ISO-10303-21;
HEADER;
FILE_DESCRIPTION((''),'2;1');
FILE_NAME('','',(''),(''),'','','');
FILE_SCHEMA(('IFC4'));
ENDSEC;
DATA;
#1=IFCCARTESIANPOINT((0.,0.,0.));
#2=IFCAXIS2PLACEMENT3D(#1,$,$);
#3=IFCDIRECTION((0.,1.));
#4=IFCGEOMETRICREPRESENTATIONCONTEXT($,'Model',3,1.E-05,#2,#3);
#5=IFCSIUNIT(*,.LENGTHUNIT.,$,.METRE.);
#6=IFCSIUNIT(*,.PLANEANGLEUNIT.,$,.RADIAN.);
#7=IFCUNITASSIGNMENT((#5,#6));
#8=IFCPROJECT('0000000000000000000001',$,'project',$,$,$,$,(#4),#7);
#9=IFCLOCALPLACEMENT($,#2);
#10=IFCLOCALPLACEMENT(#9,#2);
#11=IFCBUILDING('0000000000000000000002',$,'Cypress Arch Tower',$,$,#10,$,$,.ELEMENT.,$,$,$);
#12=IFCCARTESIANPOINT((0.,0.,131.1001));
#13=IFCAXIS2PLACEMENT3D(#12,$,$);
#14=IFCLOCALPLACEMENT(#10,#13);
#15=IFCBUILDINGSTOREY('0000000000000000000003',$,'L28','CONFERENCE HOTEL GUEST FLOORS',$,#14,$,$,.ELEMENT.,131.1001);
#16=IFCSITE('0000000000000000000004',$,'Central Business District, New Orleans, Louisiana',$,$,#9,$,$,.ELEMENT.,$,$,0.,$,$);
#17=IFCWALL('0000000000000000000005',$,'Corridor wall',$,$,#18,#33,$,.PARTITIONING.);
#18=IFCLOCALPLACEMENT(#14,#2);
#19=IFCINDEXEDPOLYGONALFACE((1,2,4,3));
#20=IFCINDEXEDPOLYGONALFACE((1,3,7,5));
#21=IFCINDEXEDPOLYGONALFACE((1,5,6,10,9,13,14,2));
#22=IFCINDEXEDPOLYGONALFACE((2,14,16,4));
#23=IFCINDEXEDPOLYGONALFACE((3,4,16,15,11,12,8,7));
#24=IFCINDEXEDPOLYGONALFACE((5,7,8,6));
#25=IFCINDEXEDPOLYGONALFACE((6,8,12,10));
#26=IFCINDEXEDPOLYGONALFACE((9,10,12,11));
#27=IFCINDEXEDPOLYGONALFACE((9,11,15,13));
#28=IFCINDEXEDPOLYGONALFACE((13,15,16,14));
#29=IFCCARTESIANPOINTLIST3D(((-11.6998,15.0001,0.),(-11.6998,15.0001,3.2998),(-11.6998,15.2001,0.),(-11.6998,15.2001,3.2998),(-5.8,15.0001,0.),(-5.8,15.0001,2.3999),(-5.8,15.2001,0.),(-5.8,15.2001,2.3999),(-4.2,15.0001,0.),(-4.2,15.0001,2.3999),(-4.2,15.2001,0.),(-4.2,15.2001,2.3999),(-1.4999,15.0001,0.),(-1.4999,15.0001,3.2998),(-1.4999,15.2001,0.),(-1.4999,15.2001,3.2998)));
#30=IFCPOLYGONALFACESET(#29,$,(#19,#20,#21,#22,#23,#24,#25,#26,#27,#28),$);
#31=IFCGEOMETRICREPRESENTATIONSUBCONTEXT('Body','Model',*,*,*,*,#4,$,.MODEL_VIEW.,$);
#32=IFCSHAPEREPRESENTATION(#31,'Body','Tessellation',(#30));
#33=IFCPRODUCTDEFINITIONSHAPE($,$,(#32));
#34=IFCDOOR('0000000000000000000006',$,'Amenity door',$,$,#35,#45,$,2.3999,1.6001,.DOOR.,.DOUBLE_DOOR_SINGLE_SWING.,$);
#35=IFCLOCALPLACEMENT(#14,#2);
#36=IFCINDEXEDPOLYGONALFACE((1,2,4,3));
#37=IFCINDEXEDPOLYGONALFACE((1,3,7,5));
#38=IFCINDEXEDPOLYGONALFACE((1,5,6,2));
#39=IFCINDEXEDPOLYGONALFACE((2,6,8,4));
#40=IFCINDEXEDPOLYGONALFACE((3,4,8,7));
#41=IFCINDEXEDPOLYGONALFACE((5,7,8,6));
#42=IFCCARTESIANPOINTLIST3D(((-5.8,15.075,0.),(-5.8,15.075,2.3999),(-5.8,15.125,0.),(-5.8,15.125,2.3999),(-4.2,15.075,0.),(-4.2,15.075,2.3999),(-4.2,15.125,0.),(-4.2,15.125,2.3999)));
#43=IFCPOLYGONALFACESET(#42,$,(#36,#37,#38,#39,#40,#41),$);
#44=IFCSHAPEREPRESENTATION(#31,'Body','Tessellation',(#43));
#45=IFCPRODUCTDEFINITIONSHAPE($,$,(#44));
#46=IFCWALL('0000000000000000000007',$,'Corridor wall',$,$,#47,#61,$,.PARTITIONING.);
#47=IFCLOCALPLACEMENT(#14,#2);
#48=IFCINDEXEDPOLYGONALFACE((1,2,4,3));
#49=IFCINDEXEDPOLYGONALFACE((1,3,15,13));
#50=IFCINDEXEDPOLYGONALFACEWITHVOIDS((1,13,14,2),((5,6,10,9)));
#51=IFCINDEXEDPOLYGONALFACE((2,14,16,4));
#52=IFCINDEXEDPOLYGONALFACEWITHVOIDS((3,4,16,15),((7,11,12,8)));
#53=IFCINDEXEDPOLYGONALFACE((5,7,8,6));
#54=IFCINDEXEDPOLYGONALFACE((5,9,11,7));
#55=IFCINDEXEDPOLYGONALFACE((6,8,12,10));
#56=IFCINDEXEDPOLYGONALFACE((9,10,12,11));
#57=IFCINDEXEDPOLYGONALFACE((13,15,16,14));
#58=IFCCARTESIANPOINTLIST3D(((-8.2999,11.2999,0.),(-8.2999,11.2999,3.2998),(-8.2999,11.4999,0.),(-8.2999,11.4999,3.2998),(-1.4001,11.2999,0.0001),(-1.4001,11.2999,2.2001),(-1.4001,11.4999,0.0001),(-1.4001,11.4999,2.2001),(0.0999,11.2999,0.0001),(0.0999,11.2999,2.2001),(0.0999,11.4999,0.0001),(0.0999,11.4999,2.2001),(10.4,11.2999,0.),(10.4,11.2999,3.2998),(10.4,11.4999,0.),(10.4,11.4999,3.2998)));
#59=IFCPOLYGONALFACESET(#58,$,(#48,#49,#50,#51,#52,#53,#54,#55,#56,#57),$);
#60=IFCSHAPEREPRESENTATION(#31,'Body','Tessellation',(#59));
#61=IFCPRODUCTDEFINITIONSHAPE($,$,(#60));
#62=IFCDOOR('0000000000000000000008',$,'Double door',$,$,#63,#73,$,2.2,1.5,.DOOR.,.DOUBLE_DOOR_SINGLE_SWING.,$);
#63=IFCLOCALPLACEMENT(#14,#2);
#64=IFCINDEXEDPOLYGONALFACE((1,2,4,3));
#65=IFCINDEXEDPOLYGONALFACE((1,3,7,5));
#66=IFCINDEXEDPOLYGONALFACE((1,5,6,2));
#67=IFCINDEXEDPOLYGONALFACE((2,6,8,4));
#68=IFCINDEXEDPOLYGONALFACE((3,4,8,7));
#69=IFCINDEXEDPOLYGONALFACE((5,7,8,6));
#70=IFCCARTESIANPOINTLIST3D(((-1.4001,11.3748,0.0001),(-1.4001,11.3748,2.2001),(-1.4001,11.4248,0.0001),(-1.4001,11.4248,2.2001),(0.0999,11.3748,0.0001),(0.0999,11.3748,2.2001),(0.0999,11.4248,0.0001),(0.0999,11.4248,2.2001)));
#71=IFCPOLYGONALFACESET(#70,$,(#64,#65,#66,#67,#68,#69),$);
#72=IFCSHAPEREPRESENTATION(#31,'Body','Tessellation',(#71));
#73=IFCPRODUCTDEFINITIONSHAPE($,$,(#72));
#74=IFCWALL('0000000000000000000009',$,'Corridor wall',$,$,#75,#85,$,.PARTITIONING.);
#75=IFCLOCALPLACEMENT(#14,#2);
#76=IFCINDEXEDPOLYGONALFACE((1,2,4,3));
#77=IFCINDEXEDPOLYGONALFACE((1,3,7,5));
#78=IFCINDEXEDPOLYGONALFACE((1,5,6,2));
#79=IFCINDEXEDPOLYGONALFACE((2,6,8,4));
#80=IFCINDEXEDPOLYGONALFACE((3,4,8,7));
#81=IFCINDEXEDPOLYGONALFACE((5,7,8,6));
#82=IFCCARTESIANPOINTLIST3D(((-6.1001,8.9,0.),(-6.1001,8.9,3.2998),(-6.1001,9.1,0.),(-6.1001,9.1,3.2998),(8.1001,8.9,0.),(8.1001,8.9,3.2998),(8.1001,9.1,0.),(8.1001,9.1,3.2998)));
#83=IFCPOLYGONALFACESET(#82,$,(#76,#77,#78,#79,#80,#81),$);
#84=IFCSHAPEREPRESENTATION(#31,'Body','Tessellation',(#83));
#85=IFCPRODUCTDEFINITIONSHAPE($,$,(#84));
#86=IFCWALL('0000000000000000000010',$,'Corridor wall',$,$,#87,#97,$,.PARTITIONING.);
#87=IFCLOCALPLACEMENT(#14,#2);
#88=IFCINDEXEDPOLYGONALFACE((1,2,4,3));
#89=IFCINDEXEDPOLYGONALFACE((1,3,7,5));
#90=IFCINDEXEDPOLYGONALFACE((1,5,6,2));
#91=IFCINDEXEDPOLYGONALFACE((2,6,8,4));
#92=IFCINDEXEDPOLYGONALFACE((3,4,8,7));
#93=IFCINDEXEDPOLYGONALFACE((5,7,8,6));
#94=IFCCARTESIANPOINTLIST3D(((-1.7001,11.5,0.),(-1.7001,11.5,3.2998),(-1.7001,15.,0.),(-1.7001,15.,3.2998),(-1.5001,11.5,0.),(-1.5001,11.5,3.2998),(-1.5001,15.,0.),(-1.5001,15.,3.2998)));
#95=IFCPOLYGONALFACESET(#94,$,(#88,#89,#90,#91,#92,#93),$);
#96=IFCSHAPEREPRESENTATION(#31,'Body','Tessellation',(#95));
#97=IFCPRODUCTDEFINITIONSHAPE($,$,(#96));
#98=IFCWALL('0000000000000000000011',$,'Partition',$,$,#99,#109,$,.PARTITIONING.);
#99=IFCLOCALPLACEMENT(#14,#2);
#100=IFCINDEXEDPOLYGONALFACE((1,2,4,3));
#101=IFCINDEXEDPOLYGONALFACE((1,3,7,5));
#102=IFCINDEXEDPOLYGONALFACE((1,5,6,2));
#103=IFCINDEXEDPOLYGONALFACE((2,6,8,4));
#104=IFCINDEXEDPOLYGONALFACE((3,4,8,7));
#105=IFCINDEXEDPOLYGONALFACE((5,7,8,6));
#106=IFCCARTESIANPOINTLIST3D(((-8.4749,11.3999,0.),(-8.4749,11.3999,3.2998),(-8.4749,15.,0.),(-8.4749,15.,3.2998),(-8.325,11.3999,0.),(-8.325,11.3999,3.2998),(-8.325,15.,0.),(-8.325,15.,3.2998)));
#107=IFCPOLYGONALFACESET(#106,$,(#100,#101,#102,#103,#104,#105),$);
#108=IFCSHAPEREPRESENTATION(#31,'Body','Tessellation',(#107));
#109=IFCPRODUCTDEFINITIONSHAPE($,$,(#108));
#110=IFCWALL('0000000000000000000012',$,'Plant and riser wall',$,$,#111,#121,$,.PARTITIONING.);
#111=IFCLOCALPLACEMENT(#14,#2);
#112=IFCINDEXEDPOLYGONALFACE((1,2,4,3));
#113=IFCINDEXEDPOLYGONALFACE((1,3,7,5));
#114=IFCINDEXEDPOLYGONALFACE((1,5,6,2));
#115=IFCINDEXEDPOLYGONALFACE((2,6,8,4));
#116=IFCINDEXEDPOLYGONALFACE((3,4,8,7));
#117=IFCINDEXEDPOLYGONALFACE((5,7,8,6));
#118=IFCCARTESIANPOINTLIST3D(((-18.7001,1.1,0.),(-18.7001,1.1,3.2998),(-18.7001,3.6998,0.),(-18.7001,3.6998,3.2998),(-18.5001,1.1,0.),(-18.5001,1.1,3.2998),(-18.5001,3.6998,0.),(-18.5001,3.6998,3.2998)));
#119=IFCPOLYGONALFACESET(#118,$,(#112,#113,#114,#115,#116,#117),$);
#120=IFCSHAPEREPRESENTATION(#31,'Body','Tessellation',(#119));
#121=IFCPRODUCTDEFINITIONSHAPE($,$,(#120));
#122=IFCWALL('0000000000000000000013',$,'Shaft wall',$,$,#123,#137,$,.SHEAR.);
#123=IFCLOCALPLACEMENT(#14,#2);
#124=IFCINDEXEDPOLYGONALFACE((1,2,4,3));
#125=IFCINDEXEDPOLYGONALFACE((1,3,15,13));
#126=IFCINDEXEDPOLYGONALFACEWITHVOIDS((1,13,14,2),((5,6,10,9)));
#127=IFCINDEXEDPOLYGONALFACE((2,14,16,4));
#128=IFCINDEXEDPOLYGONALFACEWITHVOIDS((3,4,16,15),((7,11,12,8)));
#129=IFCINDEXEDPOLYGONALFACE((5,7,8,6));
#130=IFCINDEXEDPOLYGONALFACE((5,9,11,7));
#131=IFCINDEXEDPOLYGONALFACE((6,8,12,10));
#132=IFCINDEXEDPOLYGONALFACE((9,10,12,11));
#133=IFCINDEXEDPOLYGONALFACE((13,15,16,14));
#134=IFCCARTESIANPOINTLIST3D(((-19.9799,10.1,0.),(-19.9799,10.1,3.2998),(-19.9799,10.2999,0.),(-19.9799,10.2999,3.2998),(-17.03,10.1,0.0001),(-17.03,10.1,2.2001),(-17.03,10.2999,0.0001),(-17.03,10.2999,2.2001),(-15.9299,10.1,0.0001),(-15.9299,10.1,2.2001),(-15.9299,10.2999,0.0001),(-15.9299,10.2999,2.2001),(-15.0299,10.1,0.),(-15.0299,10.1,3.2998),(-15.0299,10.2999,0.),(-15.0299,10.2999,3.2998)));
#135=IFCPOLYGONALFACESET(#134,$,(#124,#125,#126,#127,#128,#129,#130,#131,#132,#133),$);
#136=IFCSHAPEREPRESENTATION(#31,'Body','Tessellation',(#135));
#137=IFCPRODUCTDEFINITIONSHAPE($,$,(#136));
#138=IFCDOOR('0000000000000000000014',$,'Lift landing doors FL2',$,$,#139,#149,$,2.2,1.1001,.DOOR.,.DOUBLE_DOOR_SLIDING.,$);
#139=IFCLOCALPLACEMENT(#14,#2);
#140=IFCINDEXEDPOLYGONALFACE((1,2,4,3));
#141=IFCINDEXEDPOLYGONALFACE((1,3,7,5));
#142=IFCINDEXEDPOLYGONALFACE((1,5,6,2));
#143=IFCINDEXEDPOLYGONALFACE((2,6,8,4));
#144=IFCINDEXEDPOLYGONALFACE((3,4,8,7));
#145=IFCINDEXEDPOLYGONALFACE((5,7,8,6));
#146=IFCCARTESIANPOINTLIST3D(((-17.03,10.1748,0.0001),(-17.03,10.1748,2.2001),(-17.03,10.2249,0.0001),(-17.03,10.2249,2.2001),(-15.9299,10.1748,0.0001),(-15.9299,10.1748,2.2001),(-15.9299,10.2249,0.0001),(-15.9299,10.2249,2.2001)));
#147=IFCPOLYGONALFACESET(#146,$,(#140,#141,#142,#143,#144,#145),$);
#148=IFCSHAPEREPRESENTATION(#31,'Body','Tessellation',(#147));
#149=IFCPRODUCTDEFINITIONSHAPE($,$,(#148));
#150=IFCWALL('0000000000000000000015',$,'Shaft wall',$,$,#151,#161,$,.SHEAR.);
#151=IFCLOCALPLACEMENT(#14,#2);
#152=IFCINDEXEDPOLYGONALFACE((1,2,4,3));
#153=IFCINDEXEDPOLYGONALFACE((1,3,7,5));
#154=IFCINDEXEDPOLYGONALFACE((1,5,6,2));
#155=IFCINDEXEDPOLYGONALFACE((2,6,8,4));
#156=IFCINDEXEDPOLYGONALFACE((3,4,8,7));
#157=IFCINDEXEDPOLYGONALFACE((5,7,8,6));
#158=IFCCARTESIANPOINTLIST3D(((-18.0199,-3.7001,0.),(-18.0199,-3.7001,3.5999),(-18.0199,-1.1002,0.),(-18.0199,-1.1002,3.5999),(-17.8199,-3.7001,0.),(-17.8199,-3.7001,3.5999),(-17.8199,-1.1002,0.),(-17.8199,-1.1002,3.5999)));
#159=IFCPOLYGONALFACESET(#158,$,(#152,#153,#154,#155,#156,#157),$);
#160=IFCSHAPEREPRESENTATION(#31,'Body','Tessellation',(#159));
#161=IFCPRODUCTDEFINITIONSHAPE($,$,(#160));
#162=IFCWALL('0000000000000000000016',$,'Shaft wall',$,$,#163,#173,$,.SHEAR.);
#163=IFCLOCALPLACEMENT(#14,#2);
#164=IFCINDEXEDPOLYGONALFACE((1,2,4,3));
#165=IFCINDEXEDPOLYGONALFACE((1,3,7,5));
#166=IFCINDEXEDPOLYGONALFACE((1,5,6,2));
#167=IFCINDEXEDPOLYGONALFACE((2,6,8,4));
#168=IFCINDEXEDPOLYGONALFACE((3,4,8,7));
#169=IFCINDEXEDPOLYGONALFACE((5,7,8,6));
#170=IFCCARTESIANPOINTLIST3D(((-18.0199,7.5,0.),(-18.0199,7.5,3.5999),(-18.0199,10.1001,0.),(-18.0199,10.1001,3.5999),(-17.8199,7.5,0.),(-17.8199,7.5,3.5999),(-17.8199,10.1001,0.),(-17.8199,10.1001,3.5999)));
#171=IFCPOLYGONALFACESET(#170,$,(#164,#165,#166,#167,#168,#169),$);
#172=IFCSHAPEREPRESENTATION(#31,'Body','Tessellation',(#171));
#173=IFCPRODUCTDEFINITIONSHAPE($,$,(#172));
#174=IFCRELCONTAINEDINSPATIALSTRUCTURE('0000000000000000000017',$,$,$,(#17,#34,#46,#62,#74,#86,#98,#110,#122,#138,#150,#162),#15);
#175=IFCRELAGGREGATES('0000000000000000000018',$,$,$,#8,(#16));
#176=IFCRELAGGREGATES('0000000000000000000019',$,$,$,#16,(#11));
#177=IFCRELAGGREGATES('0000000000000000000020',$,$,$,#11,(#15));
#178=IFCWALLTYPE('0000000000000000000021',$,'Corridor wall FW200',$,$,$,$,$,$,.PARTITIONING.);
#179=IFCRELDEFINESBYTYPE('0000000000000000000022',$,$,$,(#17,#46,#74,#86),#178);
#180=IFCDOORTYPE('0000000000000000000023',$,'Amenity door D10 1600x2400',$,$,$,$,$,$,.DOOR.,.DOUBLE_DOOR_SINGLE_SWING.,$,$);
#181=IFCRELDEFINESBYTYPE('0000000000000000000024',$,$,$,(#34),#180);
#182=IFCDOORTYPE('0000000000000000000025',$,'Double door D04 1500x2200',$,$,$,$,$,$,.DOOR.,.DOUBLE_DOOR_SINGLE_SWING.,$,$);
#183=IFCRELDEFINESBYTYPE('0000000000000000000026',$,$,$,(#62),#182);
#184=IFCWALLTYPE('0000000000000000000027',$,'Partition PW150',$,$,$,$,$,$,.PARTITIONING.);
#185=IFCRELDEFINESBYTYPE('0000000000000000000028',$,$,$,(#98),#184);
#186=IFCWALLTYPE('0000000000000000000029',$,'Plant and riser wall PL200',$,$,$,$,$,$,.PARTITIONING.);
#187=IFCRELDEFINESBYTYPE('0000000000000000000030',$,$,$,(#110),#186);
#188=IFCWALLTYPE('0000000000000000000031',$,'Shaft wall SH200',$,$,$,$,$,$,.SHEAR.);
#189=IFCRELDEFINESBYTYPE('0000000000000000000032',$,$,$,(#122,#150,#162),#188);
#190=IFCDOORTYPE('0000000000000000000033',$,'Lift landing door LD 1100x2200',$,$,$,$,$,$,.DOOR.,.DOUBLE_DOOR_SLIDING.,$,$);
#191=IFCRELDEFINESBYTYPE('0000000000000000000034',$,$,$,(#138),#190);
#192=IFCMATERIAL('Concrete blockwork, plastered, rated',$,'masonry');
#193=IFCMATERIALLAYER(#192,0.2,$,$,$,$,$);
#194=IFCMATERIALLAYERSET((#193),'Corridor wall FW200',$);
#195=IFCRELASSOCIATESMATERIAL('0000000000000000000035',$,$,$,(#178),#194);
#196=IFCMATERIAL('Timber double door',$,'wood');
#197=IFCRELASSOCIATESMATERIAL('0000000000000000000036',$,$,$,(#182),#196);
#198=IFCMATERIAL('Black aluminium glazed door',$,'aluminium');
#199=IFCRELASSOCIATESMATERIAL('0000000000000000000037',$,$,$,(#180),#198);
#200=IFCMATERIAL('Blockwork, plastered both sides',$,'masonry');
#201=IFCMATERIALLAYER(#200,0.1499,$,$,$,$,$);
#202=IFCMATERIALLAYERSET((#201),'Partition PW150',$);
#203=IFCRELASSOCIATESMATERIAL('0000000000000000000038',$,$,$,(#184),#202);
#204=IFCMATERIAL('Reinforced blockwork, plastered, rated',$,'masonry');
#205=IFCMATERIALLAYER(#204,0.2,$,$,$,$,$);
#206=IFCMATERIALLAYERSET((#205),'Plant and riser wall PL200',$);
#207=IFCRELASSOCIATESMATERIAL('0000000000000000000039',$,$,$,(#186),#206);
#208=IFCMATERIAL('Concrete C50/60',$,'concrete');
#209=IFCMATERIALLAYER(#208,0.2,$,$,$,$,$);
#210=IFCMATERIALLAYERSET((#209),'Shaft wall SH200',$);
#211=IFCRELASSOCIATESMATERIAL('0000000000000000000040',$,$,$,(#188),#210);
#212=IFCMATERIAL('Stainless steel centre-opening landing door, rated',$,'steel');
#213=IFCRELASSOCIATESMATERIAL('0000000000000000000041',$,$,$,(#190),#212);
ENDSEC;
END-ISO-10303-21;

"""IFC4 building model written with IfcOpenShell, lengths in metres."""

from ifc_helpers import new_model, si_unit, direction, frame, frame_2d, origin, place, context, subcontext, project, spatial, rectangle, extrude, material, layer, layer_set, type_object, element, fill, save


model = new_model("IFC4")

# Units and contexts
model_context = context("Model", 3, precision=1e-05, world=origin(), true_north=direction((0.0, 1.0)))
body_context = subcontext(model_context, "Body", "Model", "MODEL_VIEW")
ifc_project = project(units=[si_unit("LENGTHUNIT", "METRE"), si_unit("PLANEANGLEUNIT", "RADIAN")], contexts=[model_context])

# Site, building, storey
site_placement = place(None, origin())
site = spatial("IfcSite", under=ifc_project, at=site_placement, Name="Central Business District, New Orleans, Louisiana", CompositionType="ELEMENT", RefElevation=0.0)
building_placement = place(site_placement, origin())
building = spatial("IfcBuilding", under=site, at=building_placement, Name="Cypress Arch Tower", CompositionType="ELEMENT")
storey_placement = place(building_placement, frame((0.0, 0.0, 131.1001)))
storey = spatial("IfcBuildingStorey", under=building, at=storey_placement, Name="L28", Description="CONFERENCE HOTEL GUEST FLOORS", CompositionType="ELEMENT", Elevation=131.1001)

# Shared definitions
ifc_material_1 = material(Name="Concrete blockwork, plastered, rated", Category="masonry")
ifc_layer_1 = layer(ifc_material_1, 0.2)
ifc_layer_set_1 = layer_set([ifc_layer_1], Name="Corridor wall FW200")
wall_type_1 = type_object("IfcWallType", Name="Corridor wall FW200", PredefinedType="PARTITIONING", material=ifc_layer_set_1)

# Walls, openings, doors
ifc_material_2 = material(Name="Timber double door", Category="wood")
door_type_1 = type_object("IfcDoorType", Name="Double door D04 1500x2200", OperationType="DOUBLE_DOOR_SINGLE_SWING", PredefinedType="DOOR", material=ifc_material_2)
wall_1_placement = place(storey_placement, frame((-11.7, 15.1001, 0.0), z_axis=(0.0, 0.0, 1.0), x_axis=(1.0, 0.0, 0.0)))
wall_1 = element("IfcWall", 1, at=wall_1_placement, inside=storey, type_object=wall_type_1, Name="Corridor wall", PredefinedType="PARTITIONING", context=body_context, shape_type="SweptSolid", body=[
    extrude(rectangle(XDim=10.2, YDim=0.2, at=frame_2d((5.1001, 0.0))), origin(), (0.0, 0.0, 1.0), 3.2998),
])
opening_1_placement = place(wall_1_placement, frame((5.8999, 0.0, 0.0)))
opening_1 = element("IfcOpeningElement", 2, at=opening_1_placement, cuts=wall_1, PredefinedType="OPENING", context=body_context, shape_type="SweptSolid", body=[
    extrude(rectangle(XDim=1.6001, YDim=2.3999, at=frame_2d((0.8, 1.2))), frame((0.0, 0.1099, 0.0), z_axis=(0.0, -1.0, 0.0), x_axis=(1.0, 0.0, 0.0)), (0.0, 0.0, 1.0), 0.22),
])
ifc_material_3 = material(Name="Black aluminium glazed door", Category="aluminium")
door_type_2 = type_object("IfcDoorType", Name="Amenity door D10 1600x2400", OperationType="DOUBLE_DOOR_SINGLE_SWING", PredefinedType="DOOR", material=ifc_material_3)
door_1_placement = place(opening_1_placement, origin())
door_1 = element("IfcDoor", 3, at=door_1_placement, inside=storey, type_object=door_type_2, Name="Amenity door", OperationType="DOUBLE_DOOR_SINGLE_SWING", OverallHeight=2.3999, OverallWidth=1.6001, PredefinedType="DOOR", context=body_context, shape_type="SweptSolid", body=[
    extrude(rectangle(XDim=1.6001, YDim=2.3999, at=frame_2d((0.8, 1.2))), frame((0.0, 0.0249, 0.0), z_axis=(0.0, -1.0, 0.0), x_axis=(1.0, 0.0, 0.0)), (0.0, 0.0, 1.0), 0.05),
])
fill(opening_1, door_1)
wall_2_placement = place(storey_placement, frame((-8.3, 11.3999, 0.0), z_axis=(0.0, 0.0, 1.0), x_axis=(1.0, 0.0, 0.0)))
wall_2 = element("IfcWall", 4, at=wall_2_placement, inside=storey, type_object=wall_type_1, Name="Corridor wall", PredefinedType="PARTITIONING", context=body_context, shape_type="SweptSolid", body=[
    extrude(rectangle(XDim=18.7, YDim=0.2, at=frame_2d((9.3501, 0.0))), origin(), (0.0, 0.0, 1.0), 3.2998),
])
opening_2_placement = place(wall_2_placement, frame((6.8999, 0.0, 0.0)))
opening_2 = element("IfcOpeningElement", 5, at=opening_2_placement, cuts=wall_2, PredefinedType="OPENING", context=body_context, shape_type="SweptSolid", body=[
    extrude(rectangle(XDim=1.5, YDim=2.2, at=frame_2d((0.75, 1.1001))), frame((0.0, 0.1099, 0.0), z_axis=(0.0, -1.0, 0.0), x_axis=(1.0, 0.0, 0.0)), (0.0, 0.0, 1.0), 0.22),
])
door_2_placement = place(opening_2_placement, origin())
door_2 = element("IfcDoor", 6, at=door_2_placement, inside=storey, type_object=door_type_1, Name="Double door", OperationType="DOUBLE_DOOR_SINGLE_SWING", OverallHeight=2.2, OverallWidth=1.5, PredefinedType="DOOR", context=body_context, shape_type="SweptSolid", body=[
    extrude(rectangle(XDim=1.5, YDim=2.2, at=frame_2d((0.75, 1.1001))), frame((0.0, 0.0249, 0.0), z_axis=(0.0, -1.0, 0.0), x_axis=(1.0, 0.0, 0.0)), (0.0, 0.0, 1.0), 0.05),
])
fill(opening_2, door_2)

# Walls
wall_3_placement = place(storey_placement, frame((-6.1001, 9.0, 0.0), z_axis=(0.0, 0.0, 1.0), x_axis=(1.0, 0.0, 0.0)))
element("IfcWall", 7, at=wall_3_placement, inside=storey, type_object=wall_type_1, Name="Corridor wall", PredefinedType="PARTITIONING", context=body_context, shape_type="SweptSolid", body=[
    extrude(rectangle(XDim=14.2002, YDim=0.2, at=frame_2d((7.1001, 0.0))), origin(), (0.0, 0.0, 1.0), 3.2998),
])
wall_4_placement = place(storey_placement, frame((-1.6001, 11.5, 0.0), z_axis=(0.0, 0.0, 1.0), x_axis=(0.0, 1.0, 0.0)))
element("IfcWall", 8, at=wall_4_placement, inside=storey, type_object=wall_type_1, Name="Corridor wall", PredefinedType="PARTITIONING", context=body_context, shape_type="SweptSolid", body=[
    extrude(rectangle(XDim=3.5, YDim=0.2, at=frame_2d((1.75, 0.0))), origin(), (0.0, 0.0, 1.0), 3.2998),
])
ifc_material_4 = material(Name="Blockwork, plastered both sides", Category="masonry")
ifc_layer_2 = layer(ifc_material_4, 0.1499)
ifc_layer_set_2 = layer_set([ifc_layer_2], Name="Partition PW150")
wall_type_2 = type_object("IfcWallType", Name="Partition PW150", PredefinedType="PARTITIONING", material=ifc_layer_set_2)
wall_5_placement = place(storey_placement, frame((-8.3999, 11.3999, 0.0), z_axis=(0.0, 0.0, 1.0), x_axis=(0.0, 1.0, 0.0)))
element("IfcWall", 9, at=wall_5_placement, inside=storey, type_object=wall_type_2, Name="Partition", PredefinedType="PARTITIONING", context=body_context, shape_type="SweptSolid", body=[
    extrude(rectangle(XDim=3.6001, YDim=0.1499, at=frame_2d((1.8, 0.0))), origin(), (0.0, 0.0, 1.0), 3.2998),
])
ifc_material_5 = material(Name="Reinforced blockwork, plastered, rated", Category="masonry")
ifc_layer_3 = layer(ifc_material_5, 0.2)
ifc_layer_set_3 = layer_set([ifc_layer_3], Name="Plant and riser wall PL200")
wall_type_3 = type_object("IfcWallType", Name="Plant and riser wall PL200", PredefinedType="PARTITIONING", material=ifc_layer_set_3)
wall_6_placement = place(storey_placement, frame((-18.6001, 1.1001, 0.0), z_axis=(0.0, 0.0, 1.0), x_axis=(0.0, 1.0, 0.0)))
element("IfcWall", 10, at=wall_6_placement, inside=storey, type_object=wall_type_3, Name="Plant and riser wall", PredefinedType="PARTITIONING", context=body_context, shape_type="SweptSolid", body=[
    extrude(rectangle(XDim=2.5999, YDim=0.2, at=frame_2d((1.2998, 0.0))), origin(), (0.0, 0.0, 1.0), 3.2998),
])

# Wall, opening, door
ifc_material_6 = material(Name="Concrete C50/60", Category="concrete")
ifc_layer_4 = layer(ifc_material_6, 0.2)
ifc_layer_set_4 = layer_set([ifc_layer_4], Name="Shaft wall SH200")
wall_type_4 = type_object("IfcWallType", Name="Shaft wall SH200", PredefinedType="SHEAR", material=ifc_layer_set_4)
wall_7_placement = place(storey_placement, frame((-19.98, 10.2, 0.0), z_axis=(0.0, 0.0, 1.0), x_axis=(1.0, 0.0, 0.0)))
wall_7 = element("IfcWall", 11, at=wall_7_placement, inside=storey, type_object=wall_type_4, Name="Shaft wall", PredefinedType="SHEAR", context=body_context, shape_type="SweptSolid", body=[
    extrude(rectangle(XDim=4.95, YDim=0.2, at=frame_2d((2.4751, 0.0))), origin(), (0.0, 0.0, 1.0), 3.2998),
])
opening_3_placement = place(wall_7_placement, frame((2.95, 0.0, 0.0)))
opening_3 = element("IfcOpeningElement", 12, at=opening_3_placement, cuts=wall_7, PredefinedType="OPENING", context=body_context, shape_type="SweptSolid", body=[
    extrude(rectangle(XDim=1.1001, YDim=2.2, at=frame_2d((0.55, 1.1001))), frame((0.0, 0.1099, 0.0), z_axis=(0.0, -1.0, 0.0), x_axis=(1.0, 0.0, 0.0)), (0.0, 0.0, 1.0), 0.22),
])
ifc_material_7 = material(Name="Stainless steel centre-opening landing door, rated", Category="steel")
door_type_3 = type_object("IfcDoorType", Name="Lift landing door LD 1100x2200", OperationType="DOUBLE_DOOR_SLIDING", PredefinedType="DOOR", material=ifc_material_7)
door_3_placement = place(opening_3_placement, origin())
door_3 = element("IfcDoor", 13, at=door_3_placement, inside=storey, type_object=door_type_3, Name="Lift landing doors FL2", OperationType="DOUBLE_DOOR_SLIDING", OverallHeight=2.2, OverallWidth=1.1001, PredefinedType="DOOR", context=body_context, shape_type="SweptSolid", body=[
    extrude(rectangle(XDim=1.1001, YDim=2.2, at=frame_2d((0.55, 1.1001))), frame((0.0, 0.0249, 0.0), z_axis=(0.0, -1.0, 0.0), x_axis=(1.0, 0.0, 0.0)), (0.0, 0.0, 1.0), 0.05),
])
fill(opening_3, door_3)

# Walls
wall_8_placement = place(storey_placement, frame((-17.9199, -3.7, 0.0), z_axis=(0.0, 0.0, 1.0), x_axis=(0.0, 1.0, 0.0)))
element("IfcWall", 14, at=wall_8_placement, inside=storey, type_object=wall_type_4, Name="Shaft wall", PredefinedType="SHEAR", context=body_context, shape_type="SweptSolid", body=[
    extrude(rectangle(XDim=2.5999, YDim=0.2, at=frame_2d((1.2998, 0.0))), origin(), (0.0, 0.0, 1.0), 3.5999),
])
wall_9_placement = place(storey_placement, frame((-17.9199, 7.5, 0.0), z_axis=(0.0, 0.0, 1.0), x_axis=(0.0, 1.0, 0.0)))
element("IfcWall", 15, at=wall_9_placement, inside=storey, type_object=wall_type_4, Name="Shaft wall", PredefinedType="SHEAR", context=body_context, shape_type="SweptSolid", body=[
    extrude(rectangle(XDim=2.6001, YDim=0.2, at=frame_2d((1.3, 0.0))), origin(), (0.0, 0.0, 1.0), 3.5999),
])

save(model, "model.ifc")
